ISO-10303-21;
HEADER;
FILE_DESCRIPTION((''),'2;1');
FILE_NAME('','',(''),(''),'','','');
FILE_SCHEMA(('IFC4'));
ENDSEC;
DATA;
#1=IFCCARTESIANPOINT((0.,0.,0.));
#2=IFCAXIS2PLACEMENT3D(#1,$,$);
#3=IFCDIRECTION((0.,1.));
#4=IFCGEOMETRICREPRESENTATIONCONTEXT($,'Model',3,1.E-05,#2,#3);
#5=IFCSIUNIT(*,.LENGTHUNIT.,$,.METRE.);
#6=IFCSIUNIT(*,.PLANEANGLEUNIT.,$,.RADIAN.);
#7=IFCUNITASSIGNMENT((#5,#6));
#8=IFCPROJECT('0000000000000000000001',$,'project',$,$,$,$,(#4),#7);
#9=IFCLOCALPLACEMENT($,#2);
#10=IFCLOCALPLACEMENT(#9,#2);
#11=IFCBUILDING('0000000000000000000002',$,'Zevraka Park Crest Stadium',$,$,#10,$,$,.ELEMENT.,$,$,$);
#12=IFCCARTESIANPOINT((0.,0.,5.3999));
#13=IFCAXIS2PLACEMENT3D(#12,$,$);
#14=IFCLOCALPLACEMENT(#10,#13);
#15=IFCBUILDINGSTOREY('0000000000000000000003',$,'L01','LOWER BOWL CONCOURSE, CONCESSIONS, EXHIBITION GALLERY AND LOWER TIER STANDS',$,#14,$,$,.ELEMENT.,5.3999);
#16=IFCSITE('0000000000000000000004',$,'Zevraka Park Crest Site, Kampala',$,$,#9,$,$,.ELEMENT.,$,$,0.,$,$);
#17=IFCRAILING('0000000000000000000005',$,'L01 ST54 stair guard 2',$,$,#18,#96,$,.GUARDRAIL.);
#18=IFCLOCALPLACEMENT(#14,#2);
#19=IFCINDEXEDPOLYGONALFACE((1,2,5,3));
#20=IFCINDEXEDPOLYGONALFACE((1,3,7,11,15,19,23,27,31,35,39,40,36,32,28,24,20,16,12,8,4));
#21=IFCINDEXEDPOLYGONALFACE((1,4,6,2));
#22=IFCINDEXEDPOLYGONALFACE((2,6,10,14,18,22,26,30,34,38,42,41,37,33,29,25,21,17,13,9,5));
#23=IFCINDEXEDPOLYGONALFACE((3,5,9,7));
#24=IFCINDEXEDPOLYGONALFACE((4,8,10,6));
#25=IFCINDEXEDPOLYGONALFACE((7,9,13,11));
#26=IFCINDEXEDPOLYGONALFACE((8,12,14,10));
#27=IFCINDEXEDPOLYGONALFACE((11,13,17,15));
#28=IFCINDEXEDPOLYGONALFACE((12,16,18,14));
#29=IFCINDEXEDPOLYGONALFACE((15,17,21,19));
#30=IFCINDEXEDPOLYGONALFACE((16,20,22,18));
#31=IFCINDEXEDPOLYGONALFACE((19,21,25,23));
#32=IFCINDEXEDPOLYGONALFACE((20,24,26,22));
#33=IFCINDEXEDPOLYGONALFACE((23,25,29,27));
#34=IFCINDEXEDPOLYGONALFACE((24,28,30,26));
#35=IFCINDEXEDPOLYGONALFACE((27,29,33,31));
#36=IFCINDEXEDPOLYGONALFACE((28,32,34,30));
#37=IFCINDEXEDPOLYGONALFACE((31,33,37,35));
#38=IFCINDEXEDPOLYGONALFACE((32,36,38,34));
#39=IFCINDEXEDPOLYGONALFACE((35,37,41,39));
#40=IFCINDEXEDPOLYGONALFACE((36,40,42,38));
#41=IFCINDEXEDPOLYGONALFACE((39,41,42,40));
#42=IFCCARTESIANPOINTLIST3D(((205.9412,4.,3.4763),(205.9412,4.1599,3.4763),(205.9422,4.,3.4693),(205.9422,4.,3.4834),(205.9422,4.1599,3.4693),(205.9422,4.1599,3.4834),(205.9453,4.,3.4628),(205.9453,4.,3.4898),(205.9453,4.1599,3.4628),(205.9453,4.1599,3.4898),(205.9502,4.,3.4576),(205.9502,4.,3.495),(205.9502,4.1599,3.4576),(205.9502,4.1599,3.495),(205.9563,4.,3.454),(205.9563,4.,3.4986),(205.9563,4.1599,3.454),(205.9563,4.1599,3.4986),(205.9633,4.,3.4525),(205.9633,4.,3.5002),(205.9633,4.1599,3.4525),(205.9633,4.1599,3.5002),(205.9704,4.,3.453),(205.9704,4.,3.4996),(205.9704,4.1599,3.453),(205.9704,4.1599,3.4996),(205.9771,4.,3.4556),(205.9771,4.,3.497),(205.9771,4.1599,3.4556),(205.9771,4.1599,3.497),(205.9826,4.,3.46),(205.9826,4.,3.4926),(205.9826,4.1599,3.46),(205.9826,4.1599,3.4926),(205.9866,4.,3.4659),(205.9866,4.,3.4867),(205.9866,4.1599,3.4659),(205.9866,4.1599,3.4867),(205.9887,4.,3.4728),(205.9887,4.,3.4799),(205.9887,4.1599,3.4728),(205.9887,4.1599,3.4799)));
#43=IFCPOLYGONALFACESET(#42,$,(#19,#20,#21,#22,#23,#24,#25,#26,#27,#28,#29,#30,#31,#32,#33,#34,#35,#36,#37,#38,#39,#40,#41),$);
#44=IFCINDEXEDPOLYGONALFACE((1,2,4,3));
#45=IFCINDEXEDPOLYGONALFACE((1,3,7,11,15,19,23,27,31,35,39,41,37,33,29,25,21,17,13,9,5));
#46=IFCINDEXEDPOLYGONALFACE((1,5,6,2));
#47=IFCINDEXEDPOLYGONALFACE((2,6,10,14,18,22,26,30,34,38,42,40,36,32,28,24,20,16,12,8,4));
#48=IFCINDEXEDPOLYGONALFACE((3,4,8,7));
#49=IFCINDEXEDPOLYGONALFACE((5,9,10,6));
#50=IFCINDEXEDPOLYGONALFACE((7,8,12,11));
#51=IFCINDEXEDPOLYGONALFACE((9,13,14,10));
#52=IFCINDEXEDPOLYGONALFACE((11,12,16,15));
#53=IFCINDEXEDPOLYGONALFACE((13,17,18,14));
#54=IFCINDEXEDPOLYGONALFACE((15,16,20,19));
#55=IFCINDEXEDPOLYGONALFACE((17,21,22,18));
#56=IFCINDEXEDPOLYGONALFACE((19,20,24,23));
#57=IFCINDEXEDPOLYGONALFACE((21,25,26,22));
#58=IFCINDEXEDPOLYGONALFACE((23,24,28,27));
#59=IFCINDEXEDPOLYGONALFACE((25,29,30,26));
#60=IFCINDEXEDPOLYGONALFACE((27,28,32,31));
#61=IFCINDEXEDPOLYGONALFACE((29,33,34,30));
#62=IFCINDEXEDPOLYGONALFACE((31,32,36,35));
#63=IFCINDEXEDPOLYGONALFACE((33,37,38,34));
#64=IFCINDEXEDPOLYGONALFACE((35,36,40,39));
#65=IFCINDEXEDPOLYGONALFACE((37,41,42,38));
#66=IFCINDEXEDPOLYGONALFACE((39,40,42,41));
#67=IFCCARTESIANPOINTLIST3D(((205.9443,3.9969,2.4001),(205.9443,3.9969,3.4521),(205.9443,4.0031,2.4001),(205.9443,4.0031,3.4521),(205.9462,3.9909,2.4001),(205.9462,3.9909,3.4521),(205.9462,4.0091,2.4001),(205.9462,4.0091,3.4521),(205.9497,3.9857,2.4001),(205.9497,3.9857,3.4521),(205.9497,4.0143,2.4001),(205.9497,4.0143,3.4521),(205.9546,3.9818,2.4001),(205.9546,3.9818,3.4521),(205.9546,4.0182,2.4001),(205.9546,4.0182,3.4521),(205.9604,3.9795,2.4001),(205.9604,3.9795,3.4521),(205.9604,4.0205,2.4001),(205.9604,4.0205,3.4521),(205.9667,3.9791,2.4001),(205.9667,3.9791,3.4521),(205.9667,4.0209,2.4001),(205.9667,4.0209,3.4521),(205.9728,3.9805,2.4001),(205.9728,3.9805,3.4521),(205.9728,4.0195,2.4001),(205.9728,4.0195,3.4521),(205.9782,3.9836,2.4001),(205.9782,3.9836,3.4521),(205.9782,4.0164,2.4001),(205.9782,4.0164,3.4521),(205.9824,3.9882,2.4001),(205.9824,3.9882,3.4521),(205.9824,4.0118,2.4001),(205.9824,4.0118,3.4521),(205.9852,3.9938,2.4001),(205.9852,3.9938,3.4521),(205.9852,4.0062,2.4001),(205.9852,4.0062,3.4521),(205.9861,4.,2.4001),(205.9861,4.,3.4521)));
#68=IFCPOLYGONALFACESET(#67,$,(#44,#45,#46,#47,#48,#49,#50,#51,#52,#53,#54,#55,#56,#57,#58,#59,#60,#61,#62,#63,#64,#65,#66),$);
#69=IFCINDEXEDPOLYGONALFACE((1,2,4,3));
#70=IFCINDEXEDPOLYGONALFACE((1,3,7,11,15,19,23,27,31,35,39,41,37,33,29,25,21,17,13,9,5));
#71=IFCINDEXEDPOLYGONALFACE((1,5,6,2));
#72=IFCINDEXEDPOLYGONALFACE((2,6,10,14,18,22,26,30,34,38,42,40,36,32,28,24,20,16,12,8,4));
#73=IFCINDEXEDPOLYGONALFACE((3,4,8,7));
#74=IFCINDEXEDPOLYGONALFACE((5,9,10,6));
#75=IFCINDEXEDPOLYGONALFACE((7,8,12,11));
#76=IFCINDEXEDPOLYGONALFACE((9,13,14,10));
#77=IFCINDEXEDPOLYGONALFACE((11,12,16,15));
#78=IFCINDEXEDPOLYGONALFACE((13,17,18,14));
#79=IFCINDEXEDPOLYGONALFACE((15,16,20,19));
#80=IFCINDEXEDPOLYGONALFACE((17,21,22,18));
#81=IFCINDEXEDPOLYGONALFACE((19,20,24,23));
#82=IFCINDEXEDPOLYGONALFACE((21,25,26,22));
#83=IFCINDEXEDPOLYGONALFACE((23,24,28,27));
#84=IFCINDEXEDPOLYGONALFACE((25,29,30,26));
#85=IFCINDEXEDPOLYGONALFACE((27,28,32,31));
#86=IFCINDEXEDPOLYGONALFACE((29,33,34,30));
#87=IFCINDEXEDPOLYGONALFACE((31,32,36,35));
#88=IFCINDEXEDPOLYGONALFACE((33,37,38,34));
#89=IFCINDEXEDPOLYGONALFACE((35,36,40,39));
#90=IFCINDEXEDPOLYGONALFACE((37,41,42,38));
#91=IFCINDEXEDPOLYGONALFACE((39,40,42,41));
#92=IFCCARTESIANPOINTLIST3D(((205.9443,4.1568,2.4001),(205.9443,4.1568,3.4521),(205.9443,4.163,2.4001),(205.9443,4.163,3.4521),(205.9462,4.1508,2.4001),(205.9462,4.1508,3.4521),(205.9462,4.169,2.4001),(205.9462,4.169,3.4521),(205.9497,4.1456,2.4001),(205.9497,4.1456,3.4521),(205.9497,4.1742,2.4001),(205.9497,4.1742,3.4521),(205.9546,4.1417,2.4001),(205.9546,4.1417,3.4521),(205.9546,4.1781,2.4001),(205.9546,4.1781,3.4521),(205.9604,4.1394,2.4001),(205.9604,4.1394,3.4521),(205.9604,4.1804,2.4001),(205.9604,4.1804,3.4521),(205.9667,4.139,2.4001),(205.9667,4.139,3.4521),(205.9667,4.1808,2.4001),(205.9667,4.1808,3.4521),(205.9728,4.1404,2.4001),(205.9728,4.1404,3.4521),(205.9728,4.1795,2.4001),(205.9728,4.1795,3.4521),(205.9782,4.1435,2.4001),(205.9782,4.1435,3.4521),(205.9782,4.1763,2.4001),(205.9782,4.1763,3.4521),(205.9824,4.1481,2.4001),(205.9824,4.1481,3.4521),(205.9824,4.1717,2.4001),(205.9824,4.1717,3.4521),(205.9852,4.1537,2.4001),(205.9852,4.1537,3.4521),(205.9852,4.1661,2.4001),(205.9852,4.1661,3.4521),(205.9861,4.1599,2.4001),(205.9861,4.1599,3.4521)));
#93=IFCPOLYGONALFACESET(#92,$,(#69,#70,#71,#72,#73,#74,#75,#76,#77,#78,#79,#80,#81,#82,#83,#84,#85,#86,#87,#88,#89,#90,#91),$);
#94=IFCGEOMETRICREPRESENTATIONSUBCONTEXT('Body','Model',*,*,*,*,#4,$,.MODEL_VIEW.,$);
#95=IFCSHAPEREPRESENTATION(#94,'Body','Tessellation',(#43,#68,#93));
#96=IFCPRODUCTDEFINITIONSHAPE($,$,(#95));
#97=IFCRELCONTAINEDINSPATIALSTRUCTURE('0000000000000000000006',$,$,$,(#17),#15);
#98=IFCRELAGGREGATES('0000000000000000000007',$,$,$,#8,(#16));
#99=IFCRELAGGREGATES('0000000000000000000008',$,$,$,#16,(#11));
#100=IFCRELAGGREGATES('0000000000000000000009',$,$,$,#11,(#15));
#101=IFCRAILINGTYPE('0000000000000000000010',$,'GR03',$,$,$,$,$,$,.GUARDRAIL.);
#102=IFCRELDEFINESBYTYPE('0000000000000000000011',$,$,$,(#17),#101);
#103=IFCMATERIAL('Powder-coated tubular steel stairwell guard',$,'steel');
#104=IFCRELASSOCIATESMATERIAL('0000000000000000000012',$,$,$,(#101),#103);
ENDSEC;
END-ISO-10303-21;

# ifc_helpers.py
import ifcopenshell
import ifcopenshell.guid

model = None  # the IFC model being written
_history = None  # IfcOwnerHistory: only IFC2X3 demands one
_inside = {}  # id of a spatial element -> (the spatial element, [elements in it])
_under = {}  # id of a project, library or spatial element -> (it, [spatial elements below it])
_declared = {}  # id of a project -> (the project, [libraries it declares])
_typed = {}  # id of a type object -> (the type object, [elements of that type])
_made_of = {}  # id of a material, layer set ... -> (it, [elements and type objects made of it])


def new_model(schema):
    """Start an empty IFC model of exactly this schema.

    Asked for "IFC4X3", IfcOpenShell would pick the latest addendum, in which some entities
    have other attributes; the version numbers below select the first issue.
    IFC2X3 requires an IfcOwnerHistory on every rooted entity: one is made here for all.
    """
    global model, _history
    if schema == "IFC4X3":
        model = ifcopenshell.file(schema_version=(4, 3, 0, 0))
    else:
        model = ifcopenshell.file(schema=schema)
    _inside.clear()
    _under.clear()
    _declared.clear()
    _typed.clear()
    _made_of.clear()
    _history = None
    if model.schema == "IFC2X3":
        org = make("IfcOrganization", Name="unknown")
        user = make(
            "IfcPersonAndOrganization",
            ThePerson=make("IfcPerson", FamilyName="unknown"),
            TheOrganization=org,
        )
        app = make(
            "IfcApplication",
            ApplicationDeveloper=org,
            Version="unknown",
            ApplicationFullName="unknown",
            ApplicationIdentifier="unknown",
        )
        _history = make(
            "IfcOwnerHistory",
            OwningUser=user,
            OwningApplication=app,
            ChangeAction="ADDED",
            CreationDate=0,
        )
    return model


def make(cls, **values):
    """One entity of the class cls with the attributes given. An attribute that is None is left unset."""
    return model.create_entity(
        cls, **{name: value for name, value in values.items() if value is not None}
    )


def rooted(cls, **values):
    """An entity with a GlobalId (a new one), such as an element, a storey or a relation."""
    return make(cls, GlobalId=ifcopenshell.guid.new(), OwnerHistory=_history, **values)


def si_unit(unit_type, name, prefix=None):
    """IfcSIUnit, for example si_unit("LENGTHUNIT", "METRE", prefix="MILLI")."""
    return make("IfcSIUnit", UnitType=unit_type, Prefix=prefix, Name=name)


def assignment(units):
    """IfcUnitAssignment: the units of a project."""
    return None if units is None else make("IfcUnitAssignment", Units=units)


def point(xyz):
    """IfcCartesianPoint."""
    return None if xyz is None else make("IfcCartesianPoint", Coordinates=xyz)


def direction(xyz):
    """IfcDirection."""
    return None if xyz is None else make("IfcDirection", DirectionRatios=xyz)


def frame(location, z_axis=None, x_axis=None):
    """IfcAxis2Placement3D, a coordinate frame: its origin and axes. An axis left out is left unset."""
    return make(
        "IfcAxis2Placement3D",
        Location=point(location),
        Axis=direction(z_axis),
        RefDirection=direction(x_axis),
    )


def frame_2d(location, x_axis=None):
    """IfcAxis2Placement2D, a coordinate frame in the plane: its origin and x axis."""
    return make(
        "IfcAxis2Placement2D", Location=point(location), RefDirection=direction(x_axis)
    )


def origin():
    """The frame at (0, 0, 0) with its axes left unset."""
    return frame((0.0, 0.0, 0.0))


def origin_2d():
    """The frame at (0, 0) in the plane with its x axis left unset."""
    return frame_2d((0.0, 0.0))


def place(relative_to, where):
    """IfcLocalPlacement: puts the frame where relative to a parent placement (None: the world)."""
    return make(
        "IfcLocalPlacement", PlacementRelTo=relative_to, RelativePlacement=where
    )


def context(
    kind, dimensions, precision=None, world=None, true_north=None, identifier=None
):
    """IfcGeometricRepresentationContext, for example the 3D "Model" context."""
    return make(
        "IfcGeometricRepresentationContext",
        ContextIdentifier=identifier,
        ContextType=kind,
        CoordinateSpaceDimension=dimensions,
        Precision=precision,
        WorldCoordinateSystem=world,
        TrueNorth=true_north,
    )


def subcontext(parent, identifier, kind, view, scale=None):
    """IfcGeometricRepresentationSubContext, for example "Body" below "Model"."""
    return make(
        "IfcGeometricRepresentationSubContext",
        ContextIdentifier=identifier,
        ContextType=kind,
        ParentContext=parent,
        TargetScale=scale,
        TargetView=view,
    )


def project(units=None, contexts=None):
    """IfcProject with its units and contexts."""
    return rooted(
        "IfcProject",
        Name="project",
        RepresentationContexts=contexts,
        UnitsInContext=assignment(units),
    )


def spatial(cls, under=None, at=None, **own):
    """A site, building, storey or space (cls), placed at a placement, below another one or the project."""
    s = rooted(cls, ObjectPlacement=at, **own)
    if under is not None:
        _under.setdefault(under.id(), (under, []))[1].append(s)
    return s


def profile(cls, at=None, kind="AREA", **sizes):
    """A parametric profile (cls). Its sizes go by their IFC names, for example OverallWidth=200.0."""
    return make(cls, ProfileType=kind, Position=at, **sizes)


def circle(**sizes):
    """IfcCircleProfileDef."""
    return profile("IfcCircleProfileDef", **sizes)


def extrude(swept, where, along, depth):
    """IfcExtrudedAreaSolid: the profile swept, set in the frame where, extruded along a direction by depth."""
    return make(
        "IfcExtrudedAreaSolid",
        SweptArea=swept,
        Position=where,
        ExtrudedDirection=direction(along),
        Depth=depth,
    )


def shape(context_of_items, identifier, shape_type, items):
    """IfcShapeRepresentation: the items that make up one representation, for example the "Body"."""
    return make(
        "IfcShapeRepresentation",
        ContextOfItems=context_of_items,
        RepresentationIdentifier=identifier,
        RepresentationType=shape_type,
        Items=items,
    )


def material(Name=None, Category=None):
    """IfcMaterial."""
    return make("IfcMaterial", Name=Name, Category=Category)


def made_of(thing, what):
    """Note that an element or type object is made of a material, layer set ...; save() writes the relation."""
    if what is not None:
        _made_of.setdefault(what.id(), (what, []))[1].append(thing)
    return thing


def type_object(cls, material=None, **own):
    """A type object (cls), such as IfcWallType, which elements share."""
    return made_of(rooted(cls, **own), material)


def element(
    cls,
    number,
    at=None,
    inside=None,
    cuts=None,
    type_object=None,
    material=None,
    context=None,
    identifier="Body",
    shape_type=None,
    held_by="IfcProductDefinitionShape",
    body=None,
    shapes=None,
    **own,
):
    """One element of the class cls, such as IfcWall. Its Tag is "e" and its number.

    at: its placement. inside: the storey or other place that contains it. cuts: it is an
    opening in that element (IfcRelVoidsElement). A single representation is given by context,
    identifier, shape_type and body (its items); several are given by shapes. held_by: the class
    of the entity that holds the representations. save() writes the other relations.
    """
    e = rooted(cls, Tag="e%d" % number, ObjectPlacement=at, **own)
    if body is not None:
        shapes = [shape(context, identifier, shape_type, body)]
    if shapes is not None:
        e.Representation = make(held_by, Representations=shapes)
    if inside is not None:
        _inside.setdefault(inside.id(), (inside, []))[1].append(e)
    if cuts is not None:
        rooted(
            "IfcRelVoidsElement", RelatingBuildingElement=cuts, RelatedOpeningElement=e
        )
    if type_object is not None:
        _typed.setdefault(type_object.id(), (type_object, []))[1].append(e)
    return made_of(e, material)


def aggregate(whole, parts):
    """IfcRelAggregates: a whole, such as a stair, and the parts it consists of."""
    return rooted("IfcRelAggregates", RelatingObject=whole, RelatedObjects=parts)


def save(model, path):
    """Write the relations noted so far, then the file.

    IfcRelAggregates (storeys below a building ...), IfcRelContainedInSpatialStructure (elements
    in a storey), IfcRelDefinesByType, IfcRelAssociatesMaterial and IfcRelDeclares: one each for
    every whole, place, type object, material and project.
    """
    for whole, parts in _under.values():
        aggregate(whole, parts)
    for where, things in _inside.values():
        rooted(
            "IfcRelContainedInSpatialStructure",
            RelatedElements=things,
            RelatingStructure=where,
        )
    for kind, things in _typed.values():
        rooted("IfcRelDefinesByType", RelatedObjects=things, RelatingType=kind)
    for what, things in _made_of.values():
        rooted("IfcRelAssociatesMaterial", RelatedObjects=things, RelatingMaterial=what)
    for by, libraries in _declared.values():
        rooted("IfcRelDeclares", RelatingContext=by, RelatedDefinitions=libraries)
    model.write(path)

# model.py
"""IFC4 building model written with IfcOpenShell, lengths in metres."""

from ifc_helpers import new_model, si_unit, direction, frame, origin, origin_2d, place, context, subcontext, project, spatial, circle, extrude, material, type_object, element, save


model = new_model("IFC4")

# Units and contexts
model_context = context("Model", 3, precision=1e-05, world=origin(), true_north=direction((0.0, 1.0)))
body_context = subcontext(model_context, "Body", "Model", "MODEL_VIEW")
ifc_project = project(units=[si_unit("LENGTHUNIT", "METRE"), si_unit("PLANEANGLEUNIT", "RADIAN")], contexts=[model_context])

# Site, building, storey
site_placement = place(None, origin())
site = spatial("IfcSite", under=ifc_project, at=site_placement, Name="Zevraka Park Crest Site, Kampala", CompositionType="ELEMENT", RefElevation=0.0)
building_placement = place(site_placement, origin())
building = spatial("IfcBuilding", under=site, at=building_placement, Name="Zevraka Park Crest Stadium", CompositionType="ELEMENT")
storey_placement = place(building_placement, frame((0.0, 0.0, 5.3999)))
storey = spatial("IfcBuildingStorey", under=building, at=storey_placement, Name="L01", Description="LOWER BOWL CONCOURSE, CONCESSIONS, EXHIBITION GALLERY AND LOWER TIER STANDS", CompositionType="ELEMENT", Elevation=5.3999)

# Railing
ifc_material_1 = material(Name="Powder-coated tubular steel stairwell guard", Category="steel")
railing_type_1 = type_object("IfcRailingType", Name="GR03", PredefinedType="GUARDRAIL", material=ifc_material_1)
railing_1_placement = place(storey_placement, frame((205.9651, 4.0, 2.4001)))
element("IfcRailing", 1, at=railing_1_placement, inside=storey, type_object=railing_type_1, Name="L01 ST54 stair guard 2", PredefinedType="GUARDRAIL", context=body_context, shape_type="SweptSolid", body=[
    extrude(circle(Radius=0.0239, at=origin_2d()), frame((0.0, 0.0, 1.0762), z_axis=(0.0, 1.0, 0.0), x_axis=(-1.0, 0.0, 0.0)), (0.0, 0.0, 1.0), 0.1599),
    extrude(circle(Radius=0.021, at=origin_2d()), origin(), (0.0, 0.0, 1.0), 1.052),
    extrude(circle(Radius=0.021, at=origin_2d()), frame((0.0, 0.1599, 0.0)), (0.0, 0.0, 1.0), 1.052),
])

save(model, "model.ifc")
